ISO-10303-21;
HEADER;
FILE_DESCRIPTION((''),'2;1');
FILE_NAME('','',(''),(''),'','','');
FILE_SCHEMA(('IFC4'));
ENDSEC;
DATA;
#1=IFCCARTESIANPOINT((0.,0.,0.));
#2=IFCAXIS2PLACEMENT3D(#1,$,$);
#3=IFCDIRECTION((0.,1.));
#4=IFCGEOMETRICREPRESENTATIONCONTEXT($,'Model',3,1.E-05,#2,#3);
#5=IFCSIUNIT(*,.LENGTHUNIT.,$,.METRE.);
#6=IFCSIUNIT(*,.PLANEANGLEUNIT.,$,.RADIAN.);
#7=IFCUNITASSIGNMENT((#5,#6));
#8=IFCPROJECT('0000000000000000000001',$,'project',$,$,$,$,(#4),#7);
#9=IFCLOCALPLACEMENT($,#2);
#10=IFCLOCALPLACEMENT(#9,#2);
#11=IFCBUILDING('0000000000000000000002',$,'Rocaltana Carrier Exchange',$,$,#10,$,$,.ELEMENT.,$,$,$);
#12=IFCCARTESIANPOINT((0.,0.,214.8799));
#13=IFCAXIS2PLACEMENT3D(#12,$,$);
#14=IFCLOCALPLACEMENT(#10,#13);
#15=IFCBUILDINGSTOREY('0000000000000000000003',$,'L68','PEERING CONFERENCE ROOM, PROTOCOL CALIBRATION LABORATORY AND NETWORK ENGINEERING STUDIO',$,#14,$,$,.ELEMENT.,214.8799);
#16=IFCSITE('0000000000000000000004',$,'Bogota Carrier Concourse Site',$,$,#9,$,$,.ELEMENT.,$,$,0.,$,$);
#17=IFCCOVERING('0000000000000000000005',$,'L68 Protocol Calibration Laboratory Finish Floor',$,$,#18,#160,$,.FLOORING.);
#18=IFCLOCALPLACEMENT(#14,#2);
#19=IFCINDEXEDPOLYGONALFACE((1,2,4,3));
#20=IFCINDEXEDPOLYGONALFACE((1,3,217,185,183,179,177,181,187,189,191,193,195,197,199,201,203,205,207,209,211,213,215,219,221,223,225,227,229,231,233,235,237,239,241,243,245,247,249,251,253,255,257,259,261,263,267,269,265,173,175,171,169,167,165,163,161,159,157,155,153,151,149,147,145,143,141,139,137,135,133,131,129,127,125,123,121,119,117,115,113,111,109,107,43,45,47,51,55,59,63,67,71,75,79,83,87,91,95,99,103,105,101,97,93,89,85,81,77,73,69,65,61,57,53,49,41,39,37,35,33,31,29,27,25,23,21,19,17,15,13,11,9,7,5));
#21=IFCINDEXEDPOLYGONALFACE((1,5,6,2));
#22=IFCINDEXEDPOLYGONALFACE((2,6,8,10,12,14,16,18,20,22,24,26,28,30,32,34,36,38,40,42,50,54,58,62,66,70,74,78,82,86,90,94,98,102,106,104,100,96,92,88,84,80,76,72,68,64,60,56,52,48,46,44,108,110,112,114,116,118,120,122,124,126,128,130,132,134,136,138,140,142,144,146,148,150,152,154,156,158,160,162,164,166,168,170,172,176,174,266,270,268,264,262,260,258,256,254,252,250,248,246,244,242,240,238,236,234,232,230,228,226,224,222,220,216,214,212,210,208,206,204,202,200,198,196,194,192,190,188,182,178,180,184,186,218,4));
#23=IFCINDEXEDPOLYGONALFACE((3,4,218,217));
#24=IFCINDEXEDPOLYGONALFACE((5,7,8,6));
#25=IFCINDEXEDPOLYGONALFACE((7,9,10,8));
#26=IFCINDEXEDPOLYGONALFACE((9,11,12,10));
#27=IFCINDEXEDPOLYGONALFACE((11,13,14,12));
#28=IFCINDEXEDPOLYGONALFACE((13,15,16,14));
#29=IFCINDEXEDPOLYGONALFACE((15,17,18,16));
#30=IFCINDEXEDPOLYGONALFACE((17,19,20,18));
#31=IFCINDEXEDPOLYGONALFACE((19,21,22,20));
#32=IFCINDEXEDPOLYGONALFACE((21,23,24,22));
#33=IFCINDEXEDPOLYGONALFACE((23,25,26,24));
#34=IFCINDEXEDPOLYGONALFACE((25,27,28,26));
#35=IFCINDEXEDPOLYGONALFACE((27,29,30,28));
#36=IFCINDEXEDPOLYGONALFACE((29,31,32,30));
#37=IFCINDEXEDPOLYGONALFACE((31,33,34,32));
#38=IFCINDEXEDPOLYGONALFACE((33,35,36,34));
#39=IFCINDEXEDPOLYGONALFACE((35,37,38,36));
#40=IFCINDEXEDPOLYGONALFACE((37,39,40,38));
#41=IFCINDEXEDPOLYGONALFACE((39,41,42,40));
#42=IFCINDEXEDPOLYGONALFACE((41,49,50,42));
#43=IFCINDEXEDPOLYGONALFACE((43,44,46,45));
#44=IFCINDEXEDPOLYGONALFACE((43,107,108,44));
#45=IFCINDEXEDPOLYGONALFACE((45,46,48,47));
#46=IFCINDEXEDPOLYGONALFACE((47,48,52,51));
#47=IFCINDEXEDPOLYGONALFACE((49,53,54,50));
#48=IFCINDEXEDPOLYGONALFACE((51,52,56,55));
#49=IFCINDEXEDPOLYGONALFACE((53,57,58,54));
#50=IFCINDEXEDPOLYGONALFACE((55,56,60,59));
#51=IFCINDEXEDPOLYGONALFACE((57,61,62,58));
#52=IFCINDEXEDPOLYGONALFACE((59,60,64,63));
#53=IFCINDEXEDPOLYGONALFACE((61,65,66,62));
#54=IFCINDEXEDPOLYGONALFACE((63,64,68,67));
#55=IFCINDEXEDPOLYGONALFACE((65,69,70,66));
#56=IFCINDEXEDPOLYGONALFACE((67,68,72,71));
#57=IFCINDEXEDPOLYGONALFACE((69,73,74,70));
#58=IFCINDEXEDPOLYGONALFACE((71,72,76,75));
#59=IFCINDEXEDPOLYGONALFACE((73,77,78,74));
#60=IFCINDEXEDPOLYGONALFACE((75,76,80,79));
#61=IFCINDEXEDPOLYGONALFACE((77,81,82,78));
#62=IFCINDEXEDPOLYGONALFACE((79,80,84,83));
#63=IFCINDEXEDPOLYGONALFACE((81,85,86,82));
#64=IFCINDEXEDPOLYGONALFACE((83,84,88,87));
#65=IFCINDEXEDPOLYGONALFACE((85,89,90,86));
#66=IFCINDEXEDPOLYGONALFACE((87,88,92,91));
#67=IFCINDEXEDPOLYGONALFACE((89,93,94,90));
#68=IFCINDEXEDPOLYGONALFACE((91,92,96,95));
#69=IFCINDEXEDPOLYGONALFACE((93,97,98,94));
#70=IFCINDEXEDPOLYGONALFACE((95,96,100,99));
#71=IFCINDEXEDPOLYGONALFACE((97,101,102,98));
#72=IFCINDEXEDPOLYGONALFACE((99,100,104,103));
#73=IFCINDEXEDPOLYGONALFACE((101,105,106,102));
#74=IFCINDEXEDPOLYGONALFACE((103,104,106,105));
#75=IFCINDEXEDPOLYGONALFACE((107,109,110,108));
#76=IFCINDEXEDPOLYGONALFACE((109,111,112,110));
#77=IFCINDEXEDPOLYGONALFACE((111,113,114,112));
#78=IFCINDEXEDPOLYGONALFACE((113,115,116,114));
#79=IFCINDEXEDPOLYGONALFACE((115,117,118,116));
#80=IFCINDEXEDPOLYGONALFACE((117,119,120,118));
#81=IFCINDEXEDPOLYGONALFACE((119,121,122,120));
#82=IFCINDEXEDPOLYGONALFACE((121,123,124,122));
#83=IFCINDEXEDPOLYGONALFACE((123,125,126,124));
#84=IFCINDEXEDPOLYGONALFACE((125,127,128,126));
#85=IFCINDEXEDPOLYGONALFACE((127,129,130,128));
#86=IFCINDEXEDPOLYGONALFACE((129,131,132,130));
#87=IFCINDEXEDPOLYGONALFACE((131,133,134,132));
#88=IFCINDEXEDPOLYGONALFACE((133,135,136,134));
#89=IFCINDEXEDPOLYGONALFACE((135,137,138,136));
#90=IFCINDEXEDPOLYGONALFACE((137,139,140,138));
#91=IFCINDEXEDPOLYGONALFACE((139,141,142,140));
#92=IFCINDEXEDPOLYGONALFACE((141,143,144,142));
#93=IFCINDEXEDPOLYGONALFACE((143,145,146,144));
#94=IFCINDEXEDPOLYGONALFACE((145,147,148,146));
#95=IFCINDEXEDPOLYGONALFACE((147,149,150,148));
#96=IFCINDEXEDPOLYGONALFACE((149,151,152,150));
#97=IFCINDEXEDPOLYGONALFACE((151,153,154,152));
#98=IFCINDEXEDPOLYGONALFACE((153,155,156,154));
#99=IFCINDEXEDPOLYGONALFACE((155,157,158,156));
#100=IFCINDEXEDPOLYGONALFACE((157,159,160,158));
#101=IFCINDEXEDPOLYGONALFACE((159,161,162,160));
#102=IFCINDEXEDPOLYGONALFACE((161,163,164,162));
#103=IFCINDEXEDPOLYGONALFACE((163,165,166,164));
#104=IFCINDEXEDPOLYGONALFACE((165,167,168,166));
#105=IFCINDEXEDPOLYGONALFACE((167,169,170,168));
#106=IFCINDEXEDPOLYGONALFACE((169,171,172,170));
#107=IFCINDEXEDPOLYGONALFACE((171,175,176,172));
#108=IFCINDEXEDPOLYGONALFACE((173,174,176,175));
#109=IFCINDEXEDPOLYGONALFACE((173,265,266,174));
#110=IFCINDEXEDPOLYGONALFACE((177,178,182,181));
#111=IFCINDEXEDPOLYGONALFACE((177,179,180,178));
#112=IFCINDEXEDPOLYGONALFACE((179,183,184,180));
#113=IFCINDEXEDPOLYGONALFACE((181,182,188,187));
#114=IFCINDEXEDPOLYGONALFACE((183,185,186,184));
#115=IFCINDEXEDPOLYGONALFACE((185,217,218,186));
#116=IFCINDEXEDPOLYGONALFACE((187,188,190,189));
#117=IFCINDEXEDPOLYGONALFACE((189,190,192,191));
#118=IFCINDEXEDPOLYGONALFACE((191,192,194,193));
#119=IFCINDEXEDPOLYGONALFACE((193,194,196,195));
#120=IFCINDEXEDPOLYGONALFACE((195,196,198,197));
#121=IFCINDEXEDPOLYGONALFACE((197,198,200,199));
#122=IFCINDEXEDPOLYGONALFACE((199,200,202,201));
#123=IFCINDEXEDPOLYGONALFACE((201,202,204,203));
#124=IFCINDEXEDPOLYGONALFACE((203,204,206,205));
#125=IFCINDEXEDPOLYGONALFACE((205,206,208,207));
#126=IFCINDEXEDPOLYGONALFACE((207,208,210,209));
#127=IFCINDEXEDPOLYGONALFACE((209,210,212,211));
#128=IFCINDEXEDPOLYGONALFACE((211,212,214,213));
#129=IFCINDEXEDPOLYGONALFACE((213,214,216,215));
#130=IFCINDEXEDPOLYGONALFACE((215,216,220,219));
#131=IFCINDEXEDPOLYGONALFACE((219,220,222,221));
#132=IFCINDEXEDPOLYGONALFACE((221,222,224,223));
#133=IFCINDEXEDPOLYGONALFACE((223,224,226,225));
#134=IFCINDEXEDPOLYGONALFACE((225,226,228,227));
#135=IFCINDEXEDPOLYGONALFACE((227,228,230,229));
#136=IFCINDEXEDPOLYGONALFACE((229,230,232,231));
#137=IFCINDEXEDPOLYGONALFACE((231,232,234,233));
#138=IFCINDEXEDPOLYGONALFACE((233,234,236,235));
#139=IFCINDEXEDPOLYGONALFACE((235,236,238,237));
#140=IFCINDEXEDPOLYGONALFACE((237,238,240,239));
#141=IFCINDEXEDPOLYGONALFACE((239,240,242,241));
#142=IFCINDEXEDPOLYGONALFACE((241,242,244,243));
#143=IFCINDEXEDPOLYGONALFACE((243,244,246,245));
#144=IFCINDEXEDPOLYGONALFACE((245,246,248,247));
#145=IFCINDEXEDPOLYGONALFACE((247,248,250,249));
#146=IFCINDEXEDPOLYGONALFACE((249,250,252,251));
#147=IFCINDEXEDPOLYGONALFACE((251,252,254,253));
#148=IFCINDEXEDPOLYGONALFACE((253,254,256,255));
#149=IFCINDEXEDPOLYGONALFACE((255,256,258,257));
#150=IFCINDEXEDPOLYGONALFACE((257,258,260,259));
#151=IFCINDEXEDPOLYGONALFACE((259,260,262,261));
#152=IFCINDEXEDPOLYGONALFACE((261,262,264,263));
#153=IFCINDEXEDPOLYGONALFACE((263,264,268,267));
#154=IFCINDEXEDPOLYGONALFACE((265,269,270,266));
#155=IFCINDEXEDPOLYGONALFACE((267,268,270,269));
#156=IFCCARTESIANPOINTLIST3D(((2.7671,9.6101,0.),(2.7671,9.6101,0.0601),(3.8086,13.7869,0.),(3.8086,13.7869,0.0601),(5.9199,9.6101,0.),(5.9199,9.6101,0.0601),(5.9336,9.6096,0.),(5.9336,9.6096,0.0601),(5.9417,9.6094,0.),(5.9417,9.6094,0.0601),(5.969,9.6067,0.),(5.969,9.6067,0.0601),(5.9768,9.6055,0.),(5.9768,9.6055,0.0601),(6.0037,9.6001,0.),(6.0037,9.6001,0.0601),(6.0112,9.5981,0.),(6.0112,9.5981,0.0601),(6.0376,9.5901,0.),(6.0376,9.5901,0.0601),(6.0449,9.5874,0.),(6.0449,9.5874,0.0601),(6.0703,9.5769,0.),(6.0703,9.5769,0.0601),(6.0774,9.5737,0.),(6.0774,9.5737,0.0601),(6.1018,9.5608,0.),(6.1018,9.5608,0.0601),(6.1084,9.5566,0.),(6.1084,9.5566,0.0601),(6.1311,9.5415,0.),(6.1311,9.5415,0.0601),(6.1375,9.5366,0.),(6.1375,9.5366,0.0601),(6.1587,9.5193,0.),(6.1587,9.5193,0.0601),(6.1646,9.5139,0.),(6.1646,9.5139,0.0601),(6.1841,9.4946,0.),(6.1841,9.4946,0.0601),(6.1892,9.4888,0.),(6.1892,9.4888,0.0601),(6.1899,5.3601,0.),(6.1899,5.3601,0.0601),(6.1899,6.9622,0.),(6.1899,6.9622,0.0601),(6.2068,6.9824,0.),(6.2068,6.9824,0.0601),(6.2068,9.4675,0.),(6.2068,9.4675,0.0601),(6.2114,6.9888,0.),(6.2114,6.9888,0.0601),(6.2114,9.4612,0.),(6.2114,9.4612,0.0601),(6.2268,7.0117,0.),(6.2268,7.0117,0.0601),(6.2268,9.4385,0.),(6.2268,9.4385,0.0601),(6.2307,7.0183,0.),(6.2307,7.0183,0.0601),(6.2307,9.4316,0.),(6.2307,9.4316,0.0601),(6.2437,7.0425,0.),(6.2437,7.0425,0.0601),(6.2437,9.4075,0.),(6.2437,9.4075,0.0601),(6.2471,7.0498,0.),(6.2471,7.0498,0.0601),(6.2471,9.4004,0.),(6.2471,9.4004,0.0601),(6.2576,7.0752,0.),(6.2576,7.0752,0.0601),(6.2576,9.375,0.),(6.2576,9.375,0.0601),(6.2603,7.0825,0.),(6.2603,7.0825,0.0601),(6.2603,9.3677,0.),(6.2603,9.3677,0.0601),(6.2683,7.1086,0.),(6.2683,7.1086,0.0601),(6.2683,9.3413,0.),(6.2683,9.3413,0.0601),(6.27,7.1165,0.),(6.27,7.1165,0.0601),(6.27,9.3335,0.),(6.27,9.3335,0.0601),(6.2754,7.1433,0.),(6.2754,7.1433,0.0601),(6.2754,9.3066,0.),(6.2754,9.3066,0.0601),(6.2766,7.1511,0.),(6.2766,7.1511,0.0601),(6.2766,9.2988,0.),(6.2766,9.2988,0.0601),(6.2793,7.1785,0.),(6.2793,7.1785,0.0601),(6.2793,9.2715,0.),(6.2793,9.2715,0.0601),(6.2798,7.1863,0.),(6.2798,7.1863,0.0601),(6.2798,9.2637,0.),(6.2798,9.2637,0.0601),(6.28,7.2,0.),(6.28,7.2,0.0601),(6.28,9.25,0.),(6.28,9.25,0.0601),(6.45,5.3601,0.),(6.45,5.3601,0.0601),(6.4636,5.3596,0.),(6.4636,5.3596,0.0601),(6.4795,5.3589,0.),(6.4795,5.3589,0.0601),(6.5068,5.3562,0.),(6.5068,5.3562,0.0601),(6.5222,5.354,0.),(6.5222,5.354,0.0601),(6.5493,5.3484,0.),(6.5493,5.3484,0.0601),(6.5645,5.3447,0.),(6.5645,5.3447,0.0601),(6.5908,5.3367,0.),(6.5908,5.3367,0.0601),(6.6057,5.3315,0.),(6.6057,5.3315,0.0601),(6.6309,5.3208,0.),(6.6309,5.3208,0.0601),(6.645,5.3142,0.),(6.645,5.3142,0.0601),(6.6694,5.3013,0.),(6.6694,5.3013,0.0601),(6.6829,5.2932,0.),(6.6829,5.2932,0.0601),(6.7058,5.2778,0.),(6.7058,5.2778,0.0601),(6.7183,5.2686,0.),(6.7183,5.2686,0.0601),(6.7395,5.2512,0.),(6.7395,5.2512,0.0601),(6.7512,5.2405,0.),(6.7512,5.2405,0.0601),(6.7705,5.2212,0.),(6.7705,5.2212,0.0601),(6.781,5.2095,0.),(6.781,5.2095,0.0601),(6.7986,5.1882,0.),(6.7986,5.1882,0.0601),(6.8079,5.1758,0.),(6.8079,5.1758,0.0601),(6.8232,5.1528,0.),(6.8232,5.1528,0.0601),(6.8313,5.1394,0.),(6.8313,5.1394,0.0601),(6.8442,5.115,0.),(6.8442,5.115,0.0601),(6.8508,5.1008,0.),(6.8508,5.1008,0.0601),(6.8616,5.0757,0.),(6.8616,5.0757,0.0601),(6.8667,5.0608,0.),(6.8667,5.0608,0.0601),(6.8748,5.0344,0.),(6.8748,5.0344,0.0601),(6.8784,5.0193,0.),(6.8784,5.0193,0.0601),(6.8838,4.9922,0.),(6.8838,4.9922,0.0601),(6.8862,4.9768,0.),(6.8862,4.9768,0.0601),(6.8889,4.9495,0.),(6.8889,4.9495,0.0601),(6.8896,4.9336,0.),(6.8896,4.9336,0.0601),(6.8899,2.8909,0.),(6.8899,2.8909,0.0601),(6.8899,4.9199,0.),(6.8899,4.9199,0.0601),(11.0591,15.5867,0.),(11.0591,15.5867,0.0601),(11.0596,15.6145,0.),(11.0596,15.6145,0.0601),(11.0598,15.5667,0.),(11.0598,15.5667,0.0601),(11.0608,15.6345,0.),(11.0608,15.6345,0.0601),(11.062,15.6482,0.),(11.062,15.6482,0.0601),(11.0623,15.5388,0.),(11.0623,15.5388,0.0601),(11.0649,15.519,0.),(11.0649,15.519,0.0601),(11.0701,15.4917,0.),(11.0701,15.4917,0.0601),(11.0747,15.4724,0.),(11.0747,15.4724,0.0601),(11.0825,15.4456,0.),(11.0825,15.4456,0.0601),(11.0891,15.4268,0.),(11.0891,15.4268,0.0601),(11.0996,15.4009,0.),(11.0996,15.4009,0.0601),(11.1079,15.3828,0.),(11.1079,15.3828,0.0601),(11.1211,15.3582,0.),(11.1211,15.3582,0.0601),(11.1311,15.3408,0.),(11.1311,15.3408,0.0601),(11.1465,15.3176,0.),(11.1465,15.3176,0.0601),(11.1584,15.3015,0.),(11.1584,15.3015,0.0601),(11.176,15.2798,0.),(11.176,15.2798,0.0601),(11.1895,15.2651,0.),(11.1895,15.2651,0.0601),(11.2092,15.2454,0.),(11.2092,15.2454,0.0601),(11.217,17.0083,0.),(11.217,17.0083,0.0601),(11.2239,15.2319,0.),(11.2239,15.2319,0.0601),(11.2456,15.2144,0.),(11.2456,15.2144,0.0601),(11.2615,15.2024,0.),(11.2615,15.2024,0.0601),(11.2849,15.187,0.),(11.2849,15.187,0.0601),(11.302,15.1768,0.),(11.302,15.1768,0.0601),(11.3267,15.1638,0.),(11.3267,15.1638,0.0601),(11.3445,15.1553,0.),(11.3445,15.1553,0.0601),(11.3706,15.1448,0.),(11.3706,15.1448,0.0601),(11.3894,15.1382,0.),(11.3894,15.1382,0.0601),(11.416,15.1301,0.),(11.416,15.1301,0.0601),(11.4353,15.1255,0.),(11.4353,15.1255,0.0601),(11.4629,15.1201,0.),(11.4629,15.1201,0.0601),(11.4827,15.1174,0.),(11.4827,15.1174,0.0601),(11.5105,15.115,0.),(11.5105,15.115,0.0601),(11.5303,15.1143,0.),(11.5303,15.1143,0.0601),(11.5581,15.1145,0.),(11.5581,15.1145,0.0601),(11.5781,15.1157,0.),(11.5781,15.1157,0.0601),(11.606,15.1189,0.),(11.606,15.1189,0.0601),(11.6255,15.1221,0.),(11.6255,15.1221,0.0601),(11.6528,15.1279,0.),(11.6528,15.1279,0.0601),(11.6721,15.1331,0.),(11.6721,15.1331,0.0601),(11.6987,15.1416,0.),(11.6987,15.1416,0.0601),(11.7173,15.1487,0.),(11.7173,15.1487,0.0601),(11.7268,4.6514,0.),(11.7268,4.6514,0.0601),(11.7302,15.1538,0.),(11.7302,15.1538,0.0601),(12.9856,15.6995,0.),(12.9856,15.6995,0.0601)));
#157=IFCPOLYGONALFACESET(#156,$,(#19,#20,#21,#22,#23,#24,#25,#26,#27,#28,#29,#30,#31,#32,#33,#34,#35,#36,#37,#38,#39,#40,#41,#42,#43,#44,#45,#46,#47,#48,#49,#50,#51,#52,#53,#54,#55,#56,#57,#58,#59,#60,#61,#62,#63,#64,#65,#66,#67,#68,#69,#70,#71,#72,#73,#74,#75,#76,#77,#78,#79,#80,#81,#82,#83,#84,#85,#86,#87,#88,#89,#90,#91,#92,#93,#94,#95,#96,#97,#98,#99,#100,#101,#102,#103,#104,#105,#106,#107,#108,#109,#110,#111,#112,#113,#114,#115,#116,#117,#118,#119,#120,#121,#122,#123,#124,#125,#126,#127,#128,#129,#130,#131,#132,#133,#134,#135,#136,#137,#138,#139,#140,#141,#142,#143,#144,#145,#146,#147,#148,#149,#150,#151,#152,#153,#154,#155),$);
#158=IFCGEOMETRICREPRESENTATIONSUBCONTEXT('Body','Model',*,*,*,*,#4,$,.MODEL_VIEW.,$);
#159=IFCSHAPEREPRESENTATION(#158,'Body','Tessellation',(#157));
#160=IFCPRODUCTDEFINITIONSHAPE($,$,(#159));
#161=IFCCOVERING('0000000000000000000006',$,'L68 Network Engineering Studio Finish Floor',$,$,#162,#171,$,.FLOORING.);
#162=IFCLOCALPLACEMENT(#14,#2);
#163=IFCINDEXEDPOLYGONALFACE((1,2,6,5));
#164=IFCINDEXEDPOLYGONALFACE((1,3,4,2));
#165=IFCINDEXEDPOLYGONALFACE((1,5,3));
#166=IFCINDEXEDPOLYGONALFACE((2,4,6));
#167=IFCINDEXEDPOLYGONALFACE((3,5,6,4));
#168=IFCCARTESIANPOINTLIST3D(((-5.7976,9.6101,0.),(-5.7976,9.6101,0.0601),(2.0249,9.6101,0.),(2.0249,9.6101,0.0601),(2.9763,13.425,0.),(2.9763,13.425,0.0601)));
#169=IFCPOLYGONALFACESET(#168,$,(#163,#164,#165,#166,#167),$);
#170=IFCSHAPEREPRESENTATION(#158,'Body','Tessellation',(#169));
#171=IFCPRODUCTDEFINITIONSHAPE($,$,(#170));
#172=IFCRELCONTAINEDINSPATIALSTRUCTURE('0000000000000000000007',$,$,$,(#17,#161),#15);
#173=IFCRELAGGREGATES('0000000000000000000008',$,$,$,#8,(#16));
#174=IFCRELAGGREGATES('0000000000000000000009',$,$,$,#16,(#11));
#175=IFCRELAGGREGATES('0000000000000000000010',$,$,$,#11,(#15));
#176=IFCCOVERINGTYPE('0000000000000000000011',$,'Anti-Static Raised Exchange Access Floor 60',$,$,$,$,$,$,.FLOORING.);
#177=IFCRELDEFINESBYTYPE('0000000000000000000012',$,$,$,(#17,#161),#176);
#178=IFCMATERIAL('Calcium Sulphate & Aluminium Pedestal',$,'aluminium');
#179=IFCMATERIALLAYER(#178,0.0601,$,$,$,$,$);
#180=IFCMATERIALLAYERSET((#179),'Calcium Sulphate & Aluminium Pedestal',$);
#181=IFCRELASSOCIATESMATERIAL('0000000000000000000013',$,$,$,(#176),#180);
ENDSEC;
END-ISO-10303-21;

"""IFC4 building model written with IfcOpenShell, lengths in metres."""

from ifc_helpers import new_model, si_unit, direction, frame, origin, place, context, subcontext, project, spatial, polyline, outline, extrude, material, layer, layer_set, type_object, element, save


model = new_model("IFC4")

# Units and contexts
model_context = context("Model", 3, precision=1e-05, world=origin(), true_north=direction((0.0, 1.0)))
body_context = subcontext(model_context, "Body", "Model", "MODEL_VIEW")
ifc_project = project(units=[si_unit("LENGTHUNIT", "METRE"), si_unit("PLANEANGLEUNIT", "RADIAN")], contexts=[model_context])

# Site, building, storey
site_placement = place(None, origin())
site = spatial("IfcSite", under=ifc_project, at=site_placement, Name="Bogota Carrier Concourse Site", CompositionType="ELEMENT", RefElevation=0.0)
building_placement = place(site_placement, origin())
building = spatial("IfcBuilding", under=site, at=building_placement, Name="Rocaltana Carrier Exchange", CompositionType="ELEMENT")
storey_placement = place(building_placement, frame((0.0, 0.0, 214.8799)))
storey = spatial("IfcBuildingStorey", under=building, at=storey_placement, Name="L68", Description="PEERING CONFERENCE ROOM, PROTOCOL CALIBRATION LABORATORY AND NETWORK ENGINEERING STUDIO", CompositionType="ELEMENT", Elevation=214.8799)

# Coverings
ifc_material_1 = material(Name="Calcium Sulphate & Aluminium Pedestal", Category="aluminium")
ifc_layer_1 = layer(ifc_material_1, 0.0601)
ifc_layer_set_1 = layer_set([ifc_layer_1], Name="Calcium Sulphate & Aluminium Pedestal")
covering_type_1 = type_object("IfcCoveringType", Name="Anti-Static Raised Exchange Access Floor 60", PredefinedType="FLOORING", material=ifc_layer_set_1)
covering_1_placement = place(storey_placement, origin())
element("IfcCovering", 1, at=covering_1_placement, inside=storey, type_object=covering_type_1, Name="L68 Protocol Calibration Laboratory Finish Floor", PredefinedType="FLOORING", context=body_context, shape_type="SweptSolid", body=[
    extrude(outline(polyline([(6.1899, 6.9622), (6.2068, 6.9824), (6.2114, 6.9888), (6.2268, 7.0117), (6.2307, 7.0183), (6.2437, 7.0425), (6.2471, 7.0498), (6.2576, 7.0752), (6.2603, 7.0825), (6.2683, 7.1086), (6.27, 7.1165), (6.2754, 7.1433), (6.2766, 7.1511), (6.2793, 7.1785), (6.2798, 7.1863), (6.28, 7.2), (6.28, 9.25), (6.2798, 9.2637), (6.2793, 9.2715), (6.2766, 9.2988), (6.2754, 9.3066), (6.27, 9.3335), (6.2683, 9.3413), (6.2603, 9.3677), (6.2576, 9.375), (6.2471, 9.4004), (6.2437, 9.4075), (6.2307, 9.4316), (6.2268, 9.4385), (6.2114, 9.4612), (6.2068, 9.4675), (6.1892, 9.4888), (6.1841, 9.4946), (6.1646, 9.5139), (6.1587, 9.5193), (6.1375, 9.5366), (6.1311, 9.5415), (6.1084, 9.5566), (6.1018, 9.5608), (6.0774, 9.5737), (6.0703, 9.5769), (6.0449, 9.5874), (6.0376, 9.5901), (6.0112, 9.5981), (6.0037, 9.6001), (5.9768, 9.6055), (5.969, 9.6067), (5.9417, 9.6094), (5.9336, 9.6096), (5.9199, 9.6101), (2.7671, 9.6101), (3.8086, 13.7869), (11.217, 17.0083), (11.062, 15.6482), (11.0608, 15.6345), (11.0596, 15.6145), (11.0591, 15.5867), (11.0598, 15.5667), (11.0623, 15.5388), (11.0649, 15.519), (11.0701, 15.4917), (11.0747, 15.4724), (11.0825, 15.4456), (11.0891, 15.4268), (11.0996, 15.4009), (11.1079, 15.3828), (11.1211, 15.3582), (11.1311, 15.3408), (11.1465, 15.3176), (11.1584, 15.3015), (11.176, 15.2798), (11.1895, 15.2651), (11.2092, 15.2454), (11.2239, 15.2319), (11.2456, 15.2144), (11.2615, 15.2024), (11.2849, 15.187), (11.302, 15.1768), (11.3267, 15.1638), (11.3445, 15.1553), (11.3706, 15.1448), (11.3894, 15.1382), (11.416, 15.1301), (11.4353, 15.1255), (11.4629, 15.1201), (11.4827, 15.1174), (11.5105, 15.115), (11.5303, 15.1143), (11.5581, 15.1145), (11.5781, 15.1157), (11.606, 15.1189), (11.6255, 15.1221), (11.6528, 15.1279), (11.6721, 15.1331), (11.6987, 15.1416), (11.7173, 15.1487), (11.7302, 15.1538), (12.9856, 15.6995), (11.7268, 4.6514), (6.8899, 2.8909), (6.8899, 4.9199), (6.8896, 4.9336), (6.8889, 4.9495), (6.8862, 4.9768), (6.8838, 4.9922), (6.8784, 5.0193), (6.8748, 5.0344), (6.8667, 5.0608), (6.8616, 5.0757), (6.8508, 5.1008), (6.8442, 5.115), (6.8313, 5.1394), (6.8232, 5.1528), (6.8079, 5.1758), (6.7986, 5.1882), (6.781, 5.2095), (6.7705, 5.2212), (6.7512, 5.2405), (6.7395, 5.2512), (6.7183, 5.2686), (6.7058, 5.2778), (6.6829, 5.2932), (6.6694, 5.3013), (6.645, 5.3142), (6.6309, 5.3208), (6.6057, 5.3315), (6.5908, 5.3367), (6.5645, 5.3447), (6.5493, 5.3484), (6.5222, 5.354), (6.5068, 5.3562), (6.4795, 5.3589), (6.4636, 5.3596), (6.45, 5.3601), (6.1899, 5.3601), (6.1899, 6.9622)])), origin(), (0.0, 0.0, 1.0), 0.0601),
])
covering_2_placement = place(storey_placement, origin())
element("IfcCovering", 2, at=covering_2_placement, inside=storey, type_object=covering_type_1, Name="L68 Network Engineering Studio Finish Floor", PredefinedType="FLOORING", context=body_context, shape_type="SweptSolid", body=[
    extrude(outline(polyline([(-5.7976, 9.6101), (2.9763, 13.425), (2.0249, 9.6101), (-5.7976, 9.6101)])), origin(), (0.0, 0.0, 1.0), 0.0601),
])

save(model, "model.ifc")
